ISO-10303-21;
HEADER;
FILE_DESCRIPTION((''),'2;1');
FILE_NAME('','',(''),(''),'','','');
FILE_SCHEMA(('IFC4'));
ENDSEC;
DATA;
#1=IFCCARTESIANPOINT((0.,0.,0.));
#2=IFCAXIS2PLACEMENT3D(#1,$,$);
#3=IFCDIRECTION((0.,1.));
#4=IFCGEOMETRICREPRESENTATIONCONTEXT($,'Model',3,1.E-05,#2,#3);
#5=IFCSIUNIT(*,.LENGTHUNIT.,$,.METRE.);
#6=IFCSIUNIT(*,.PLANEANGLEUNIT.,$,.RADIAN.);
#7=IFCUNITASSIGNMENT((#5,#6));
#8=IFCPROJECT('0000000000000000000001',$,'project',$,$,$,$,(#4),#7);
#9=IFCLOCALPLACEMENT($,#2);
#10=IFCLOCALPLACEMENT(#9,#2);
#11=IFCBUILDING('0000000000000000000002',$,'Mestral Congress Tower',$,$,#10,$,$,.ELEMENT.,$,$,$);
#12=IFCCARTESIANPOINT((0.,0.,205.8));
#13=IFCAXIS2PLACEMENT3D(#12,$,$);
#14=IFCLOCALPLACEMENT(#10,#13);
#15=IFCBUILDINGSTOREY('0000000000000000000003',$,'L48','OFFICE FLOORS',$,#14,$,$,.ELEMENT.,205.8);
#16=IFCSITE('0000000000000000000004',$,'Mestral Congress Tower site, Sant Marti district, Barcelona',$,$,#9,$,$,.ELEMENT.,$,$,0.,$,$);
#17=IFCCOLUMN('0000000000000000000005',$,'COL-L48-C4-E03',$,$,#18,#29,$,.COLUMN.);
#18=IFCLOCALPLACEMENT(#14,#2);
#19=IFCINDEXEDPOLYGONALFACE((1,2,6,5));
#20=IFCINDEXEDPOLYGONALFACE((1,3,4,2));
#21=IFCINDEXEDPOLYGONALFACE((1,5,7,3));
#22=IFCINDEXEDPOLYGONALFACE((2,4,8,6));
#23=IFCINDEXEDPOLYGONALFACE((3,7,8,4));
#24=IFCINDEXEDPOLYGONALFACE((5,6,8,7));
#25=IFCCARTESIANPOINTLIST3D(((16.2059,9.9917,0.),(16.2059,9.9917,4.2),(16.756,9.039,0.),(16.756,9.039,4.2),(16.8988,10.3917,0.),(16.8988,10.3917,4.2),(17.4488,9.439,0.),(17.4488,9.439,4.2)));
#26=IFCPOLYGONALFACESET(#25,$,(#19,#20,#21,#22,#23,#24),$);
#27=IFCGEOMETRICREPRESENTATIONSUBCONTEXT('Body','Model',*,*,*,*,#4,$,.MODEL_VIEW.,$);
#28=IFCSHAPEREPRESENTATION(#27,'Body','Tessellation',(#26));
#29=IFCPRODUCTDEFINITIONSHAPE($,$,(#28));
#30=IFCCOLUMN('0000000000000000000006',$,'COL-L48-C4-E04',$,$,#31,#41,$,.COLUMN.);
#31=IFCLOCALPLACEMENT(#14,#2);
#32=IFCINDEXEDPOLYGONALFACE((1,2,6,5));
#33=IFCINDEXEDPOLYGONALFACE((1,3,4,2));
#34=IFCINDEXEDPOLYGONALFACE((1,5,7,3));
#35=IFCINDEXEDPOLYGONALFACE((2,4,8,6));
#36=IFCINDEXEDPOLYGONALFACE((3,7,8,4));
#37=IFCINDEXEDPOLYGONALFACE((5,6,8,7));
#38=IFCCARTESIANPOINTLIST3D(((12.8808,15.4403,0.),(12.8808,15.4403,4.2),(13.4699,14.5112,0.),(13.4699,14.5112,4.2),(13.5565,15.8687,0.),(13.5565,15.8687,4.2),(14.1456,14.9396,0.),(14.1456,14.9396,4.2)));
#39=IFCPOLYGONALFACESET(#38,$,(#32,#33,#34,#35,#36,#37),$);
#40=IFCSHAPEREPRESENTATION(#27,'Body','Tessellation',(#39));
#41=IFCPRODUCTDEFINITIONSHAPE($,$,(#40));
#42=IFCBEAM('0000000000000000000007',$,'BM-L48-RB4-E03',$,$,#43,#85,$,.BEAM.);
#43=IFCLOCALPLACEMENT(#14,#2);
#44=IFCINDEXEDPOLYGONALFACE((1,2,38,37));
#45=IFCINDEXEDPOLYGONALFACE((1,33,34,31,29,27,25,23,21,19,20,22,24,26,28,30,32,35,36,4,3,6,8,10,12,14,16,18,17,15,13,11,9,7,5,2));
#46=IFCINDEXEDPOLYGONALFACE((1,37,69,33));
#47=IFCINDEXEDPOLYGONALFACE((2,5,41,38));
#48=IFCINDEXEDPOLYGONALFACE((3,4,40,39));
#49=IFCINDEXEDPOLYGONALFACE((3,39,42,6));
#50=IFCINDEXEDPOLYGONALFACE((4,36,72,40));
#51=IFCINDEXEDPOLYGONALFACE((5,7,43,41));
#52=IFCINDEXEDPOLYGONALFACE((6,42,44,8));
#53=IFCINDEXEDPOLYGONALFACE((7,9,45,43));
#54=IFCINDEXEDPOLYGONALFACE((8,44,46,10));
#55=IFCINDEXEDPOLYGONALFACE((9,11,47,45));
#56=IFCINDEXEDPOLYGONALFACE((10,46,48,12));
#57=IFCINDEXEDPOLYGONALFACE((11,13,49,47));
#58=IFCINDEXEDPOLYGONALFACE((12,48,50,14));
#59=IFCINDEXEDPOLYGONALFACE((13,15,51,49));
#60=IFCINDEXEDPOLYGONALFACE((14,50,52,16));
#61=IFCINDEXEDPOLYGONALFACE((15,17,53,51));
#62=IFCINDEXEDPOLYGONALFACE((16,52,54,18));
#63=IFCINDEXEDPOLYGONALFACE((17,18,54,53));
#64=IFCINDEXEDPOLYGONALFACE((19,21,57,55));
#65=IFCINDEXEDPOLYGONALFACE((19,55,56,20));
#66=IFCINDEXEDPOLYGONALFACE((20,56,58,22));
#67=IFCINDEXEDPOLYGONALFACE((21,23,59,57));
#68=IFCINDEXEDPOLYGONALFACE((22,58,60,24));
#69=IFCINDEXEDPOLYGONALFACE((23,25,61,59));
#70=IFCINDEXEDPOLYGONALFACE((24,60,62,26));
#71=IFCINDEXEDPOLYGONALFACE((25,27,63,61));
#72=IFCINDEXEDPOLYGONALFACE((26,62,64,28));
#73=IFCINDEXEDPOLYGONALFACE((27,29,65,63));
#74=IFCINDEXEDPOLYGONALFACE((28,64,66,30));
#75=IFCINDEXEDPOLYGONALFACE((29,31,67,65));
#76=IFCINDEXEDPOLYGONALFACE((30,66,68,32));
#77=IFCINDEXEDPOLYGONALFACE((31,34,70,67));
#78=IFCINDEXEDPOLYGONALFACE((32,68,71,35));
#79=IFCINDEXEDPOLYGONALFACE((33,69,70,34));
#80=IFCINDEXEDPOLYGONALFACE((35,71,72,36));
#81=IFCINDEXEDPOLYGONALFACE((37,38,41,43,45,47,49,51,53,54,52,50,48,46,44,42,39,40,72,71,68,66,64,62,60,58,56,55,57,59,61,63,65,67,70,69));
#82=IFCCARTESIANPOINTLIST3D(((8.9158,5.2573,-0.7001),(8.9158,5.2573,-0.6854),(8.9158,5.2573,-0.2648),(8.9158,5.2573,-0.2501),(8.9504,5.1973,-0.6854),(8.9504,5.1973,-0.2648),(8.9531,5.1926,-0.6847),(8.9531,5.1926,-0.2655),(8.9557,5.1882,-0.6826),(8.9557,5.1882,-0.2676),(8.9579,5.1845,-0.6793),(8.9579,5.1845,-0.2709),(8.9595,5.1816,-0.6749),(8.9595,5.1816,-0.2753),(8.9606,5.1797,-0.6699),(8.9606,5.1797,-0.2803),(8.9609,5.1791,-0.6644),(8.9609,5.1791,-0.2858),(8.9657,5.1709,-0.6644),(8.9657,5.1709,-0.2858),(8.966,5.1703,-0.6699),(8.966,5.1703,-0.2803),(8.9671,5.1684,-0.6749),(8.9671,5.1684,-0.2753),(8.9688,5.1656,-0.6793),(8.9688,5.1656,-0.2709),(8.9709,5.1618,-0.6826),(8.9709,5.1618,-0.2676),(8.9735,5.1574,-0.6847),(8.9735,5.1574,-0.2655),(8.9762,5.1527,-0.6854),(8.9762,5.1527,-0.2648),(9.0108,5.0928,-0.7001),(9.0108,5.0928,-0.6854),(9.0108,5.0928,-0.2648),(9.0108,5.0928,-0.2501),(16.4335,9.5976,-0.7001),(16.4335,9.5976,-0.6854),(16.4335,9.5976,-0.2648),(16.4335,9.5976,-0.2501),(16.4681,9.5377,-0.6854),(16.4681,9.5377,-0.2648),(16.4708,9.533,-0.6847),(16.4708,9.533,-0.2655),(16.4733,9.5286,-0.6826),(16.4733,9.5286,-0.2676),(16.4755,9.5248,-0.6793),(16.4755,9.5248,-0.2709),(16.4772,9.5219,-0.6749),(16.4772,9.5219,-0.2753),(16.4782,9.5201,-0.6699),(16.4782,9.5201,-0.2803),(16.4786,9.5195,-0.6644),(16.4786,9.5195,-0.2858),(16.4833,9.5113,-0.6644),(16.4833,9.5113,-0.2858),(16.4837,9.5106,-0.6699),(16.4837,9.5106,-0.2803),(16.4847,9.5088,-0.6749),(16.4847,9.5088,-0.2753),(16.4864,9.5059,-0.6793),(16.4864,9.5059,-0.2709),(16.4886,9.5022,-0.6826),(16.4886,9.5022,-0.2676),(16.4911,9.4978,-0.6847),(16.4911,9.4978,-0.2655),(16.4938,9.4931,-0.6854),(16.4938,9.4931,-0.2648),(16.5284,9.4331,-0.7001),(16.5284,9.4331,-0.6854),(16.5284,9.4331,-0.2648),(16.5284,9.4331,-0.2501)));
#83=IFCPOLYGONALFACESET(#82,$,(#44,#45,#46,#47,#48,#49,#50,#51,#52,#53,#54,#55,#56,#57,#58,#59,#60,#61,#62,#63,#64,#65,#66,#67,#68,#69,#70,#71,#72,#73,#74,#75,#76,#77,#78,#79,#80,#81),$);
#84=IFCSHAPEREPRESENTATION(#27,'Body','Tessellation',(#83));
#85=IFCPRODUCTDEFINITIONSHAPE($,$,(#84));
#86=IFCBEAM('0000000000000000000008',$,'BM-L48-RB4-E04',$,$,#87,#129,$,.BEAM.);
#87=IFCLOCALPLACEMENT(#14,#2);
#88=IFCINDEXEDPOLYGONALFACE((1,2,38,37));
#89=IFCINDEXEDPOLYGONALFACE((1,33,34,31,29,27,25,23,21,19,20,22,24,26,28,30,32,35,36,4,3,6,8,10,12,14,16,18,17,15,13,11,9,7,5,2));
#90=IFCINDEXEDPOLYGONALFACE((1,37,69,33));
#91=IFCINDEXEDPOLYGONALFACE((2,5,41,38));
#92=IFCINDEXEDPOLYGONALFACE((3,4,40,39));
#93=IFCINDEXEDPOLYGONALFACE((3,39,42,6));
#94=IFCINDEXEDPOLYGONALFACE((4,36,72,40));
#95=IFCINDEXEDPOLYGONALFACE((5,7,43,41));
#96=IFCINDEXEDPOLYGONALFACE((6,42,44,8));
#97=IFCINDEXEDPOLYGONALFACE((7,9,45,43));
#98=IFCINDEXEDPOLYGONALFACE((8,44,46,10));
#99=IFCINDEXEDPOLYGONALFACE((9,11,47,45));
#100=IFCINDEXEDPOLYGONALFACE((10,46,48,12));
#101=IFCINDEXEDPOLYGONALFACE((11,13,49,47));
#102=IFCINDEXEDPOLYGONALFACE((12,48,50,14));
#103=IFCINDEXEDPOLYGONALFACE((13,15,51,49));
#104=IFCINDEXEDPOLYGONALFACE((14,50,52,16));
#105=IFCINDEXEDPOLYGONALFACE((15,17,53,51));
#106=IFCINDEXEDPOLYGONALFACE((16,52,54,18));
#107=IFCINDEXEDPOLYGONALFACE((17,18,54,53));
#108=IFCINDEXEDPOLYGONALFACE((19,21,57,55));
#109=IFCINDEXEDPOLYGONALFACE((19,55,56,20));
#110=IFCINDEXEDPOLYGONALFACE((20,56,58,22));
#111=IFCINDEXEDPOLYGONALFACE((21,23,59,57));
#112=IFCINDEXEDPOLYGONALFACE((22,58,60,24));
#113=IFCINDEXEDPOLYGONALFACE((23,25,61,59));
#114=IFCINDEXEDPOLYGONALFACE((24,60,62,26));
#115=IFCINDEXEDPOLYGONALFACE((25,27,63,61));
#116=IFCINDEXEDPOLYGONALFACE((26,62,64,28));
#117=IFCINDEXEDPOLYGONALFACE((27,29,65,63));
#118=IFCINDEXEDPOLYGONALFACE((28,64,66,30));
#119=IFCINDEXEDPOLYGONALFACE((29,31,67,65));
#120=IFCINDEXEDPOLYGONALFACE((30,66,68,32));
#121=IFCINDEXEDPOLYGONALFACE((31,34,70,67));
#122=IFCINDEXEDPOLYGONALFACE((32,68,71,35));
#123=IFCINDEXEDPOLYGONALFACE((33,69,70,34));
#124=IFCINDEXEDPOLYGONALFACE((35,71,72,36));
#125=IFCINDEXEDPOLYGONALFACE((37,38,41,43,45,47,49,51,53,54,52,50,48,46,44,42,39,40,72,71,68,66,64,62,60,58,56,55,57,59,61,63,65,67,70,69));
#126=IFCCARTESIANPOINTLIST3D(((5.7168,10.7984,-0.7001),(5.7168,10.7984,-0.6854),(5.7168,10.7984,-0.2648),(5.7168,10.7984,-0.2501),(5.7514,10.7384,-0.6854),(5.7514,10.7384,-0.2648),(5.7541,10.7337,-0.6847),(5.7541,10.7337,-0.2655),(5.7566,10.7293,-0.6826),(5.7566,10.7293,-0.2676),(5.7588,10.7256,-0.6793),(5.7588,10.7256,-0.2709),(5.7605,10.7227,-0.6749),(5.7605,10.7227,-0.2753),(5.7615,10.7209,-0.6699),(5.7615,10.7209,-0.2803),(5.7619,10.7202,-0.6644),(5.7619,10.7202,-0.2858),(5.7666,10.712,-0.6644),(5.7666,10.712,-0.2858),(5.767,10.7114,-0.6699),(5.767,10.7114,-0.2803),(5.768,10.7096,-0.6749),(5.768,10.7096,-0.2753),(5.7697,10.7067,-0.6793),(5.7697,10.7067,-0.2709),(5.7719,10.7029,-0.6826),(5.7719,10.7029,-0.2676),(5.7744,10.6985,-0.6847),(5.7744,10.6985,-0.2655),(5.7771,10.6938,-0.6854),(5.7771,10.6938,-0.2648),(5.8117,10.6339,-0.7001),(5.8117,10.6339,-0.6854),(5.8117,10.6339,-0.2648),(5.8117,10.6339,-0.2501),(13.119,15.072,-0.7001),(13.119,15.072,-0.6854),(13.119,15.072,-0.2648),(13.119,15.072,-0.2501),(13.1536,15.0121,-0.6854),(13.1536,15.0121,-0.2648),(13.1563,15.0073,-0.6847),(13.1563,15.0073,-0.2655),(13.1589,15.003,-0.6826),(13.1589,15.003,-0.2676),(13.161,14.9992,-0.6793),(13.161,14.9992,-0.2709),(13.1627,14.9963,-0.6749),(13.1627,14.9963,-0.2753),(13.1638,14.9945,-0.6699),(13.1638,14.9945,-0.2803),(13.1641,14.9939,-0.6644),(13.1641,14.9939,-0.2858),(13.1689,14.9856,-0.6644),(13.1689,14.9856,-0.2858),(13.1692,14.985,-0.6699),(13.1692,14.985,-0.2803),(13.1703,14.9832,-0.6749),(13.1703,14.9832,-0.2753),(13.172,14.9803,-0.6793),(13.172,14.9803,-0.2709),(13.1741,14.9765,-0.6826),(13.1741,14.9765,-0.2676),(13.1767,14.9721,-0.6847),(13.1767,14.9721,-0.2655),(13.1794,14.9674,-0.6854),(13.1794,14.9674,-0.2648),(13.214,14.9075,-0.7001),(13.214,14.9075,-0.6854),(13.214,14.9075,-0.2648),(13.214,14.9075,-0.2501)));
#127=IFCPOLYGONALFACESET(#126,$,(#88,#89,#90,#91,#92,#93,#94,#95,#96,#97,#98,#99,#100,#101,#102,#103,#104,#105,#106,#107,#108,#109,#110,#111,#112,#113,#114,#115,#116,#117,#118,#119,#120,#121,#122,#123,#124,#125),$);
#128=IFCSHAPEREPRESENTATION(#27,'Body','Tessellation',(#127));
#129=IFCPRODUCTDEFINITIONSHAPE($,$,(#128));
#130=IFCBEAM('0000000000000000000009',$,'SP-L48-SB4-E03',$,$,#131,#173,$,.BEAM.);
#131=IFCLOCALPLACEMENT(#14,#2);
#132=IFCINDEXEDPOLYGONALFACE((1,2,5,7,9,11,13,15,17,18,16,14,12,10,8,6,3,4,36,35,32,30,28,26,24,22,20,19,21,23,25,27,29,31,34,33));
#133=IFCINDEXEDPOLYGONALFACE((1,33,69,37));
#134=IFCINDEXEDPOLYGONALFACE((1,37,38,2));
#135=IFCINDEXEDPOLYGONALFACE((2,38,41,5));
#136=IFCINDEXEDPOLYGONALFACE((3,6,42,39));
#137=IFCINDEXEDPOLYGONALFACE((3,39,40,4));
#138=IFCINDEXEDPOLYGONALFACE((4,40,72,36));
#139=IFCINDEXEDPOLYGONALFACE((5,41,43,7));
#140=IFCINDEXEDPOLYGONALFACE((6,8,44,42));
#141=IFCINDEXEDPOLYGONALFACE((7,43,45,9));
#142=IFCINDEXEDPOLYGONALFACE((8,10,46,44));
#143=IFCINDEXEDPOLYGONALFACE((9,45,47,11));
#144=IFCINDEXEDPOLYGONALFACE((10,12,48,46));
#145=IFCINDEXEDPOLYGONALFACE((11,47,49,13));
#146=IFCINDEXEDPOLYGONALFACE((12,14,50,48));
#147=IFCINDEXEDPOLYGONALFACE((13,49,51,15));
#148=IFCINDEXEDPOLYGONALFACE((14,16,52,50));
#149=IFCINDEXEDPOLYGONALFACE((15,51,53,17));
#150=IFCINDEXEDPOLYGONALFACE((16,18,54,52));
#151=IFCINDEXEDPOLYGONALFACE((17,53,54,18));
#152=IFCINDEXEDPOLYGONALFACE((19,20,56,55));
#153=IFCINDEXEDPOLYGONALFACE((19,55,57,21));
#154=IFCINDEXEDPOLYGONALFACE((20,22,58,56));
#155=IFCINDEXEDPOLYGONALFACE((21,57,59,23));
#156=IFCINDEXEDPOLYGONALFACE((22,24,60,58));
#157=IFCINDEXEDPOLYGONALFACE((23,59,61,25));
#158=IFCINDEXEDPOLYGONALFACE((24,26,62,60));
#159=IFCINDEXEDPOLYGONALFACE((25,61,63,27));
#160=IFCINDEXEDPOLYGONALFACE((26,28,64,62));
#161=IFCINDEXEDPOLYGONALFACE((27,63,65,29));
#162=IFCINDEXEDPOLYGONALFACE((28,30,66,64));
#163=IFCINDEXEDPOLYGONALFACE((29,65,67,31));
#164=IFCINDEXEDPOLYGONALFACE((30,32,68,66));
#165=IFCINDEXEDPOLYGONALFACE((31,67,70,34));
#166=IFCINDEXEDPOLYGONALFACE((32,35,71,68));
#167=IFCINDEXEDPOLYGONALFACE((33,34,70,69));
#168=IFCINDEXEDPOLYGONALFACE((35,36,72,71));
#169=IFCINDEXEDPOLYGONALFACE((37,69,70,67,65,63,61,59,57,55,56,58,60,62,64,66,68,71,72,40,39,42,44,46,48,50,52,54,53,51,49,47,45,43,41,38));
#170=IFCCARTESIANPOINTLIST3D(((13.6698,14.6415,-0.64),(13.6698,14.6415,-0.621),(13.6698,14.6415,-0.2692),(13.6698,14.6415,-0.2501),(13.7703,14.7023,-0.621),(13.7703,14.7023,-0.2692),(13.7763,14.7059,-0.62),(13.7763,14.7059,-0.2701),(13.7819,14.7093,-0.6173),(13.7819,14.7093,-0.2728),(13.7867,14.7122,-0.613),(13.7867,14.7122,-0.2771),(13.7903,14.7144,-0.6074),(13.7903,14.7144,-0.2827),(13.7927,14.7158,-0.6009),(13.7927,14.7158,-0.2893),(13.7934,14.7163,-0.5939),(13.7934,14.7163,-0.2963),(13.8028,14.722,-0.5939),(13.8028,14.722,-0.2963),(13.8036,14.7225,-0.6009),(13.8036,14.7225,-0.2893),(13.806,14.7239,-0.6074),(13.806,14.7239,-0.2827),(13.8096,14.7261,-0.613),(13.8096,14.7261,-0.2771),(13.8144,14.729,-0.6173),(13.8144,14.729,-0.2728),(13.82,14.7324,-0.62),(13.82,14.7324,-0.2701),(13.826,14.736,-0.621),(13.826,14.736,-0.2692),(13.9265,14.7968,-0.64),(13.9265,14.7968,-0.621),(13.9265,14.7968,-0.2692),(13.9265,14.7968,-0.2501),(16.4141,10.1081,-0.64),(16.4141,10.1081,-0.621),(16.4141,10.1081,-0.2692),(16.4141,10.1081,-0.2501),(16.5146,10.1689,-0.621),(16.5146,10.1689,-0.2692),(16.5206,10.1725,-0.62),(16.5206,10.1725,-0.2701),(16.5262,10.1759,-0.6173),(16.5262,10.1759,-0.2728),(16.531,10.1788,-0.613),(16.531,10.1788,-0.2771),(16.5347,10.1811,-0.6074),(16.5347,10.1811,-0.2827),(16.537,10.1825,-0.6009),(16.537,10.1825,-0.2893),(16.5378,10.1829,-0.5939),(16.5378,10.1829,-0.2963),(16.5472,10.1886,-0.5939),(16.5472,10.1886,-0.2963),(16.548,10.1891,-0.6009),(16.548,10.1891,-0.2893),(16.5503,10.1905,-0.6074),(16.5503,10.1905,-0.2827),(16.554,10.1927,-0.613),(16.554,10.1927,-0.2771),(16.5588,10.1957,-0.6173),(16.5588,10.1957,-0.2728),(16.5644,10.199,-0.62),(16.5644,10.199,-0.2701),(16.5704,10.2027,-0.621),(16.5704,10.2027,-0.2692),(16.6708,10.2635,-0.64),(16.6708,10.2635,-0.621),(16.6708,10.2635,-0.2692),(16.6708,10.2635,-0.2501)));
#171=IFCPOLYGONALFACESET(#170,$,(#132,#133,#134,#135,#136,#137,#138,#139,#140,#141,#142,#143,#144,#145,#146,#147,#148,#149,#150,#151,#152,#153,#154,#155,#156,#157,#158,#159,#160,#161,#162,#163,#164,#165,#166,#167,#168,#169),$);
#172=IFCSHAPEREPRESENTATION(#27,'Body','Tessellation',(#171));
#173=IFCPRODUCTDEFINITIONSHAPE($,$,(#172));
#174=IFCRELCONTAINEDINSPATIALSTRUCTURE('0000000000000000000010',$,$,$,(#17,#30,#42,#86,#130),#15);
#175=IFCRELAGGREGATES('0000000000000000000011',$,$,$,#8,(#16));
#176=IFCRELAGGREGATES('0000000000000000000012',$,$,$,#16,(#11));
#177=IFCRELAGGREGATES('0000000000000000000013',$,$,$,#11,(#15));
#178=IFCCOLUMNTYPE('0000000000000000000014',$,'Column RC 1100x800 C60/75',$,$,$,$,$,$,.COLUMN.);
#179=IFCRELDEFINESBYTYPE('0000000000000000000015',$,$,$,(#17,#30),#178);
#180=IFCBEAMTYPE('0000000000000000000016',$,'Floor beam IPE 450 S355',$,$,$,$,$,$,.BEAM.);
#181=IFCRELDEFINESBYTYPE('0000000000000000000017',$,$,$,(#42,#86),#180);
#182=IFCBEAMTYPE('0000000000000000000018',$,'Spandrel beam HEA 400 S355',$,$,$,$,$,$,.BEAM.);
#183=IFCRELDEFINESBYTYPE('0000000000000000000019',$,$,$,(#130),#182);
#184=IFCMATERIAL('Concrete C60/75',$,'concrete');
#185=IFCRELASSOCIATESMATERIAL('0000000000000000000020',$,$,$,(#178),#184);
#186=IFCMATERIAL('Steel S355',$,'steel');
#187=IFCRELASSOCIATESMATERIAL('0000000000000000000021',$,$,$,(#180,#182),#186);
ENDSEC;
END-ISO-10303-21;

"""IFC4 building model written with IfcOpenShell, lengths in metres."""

from ifc_helpers import new_model, si_unit, direction, frame, origin, origin_2d, place, context, subcontext, project, spatial, rectangle, i_section, extrude, material, material_profile, profile_set, type_object, element, save


model = new_model("IFC4")

# Units and contexts
model_context = context("Model", 3, precision=1e-05, world=origin(), true_north=direction((0.0, 1.0)))
body_context = subcontext(model_context, "Body", "Model", "MODEL_VIEW")
ifc_project = project(units=[si_unit("LENGTHUNIT", "METRE"), si_unit("PLANEANGLEUNIT", "RADIAN")], contexts=[model_context])

# Site, building, storey
site_placement = place(None, origin())
site = spatial("IfcSite", under=ifc_project, at=site_placement, Name="Mestral Congress Tower site, Sant Marti district, Barcelona", CompositionType="ELEMENT", RefElevation=0.0)
building_placement = place(site_placement, origin())
building = spatial("IfcBuilding", under=site, at=building_placement, Name="Mestral Congress Tower", CompositionType="ELEMENT")
storey_placement = place(building_placement, frame((0.0, 0.0, 205.8)))
storey = spatial("IfcBuildingStorey", under=building, at=storey_placement, Name="L48", Description="OFFICE FLOORS", CompositionType="ELEMENT", Elevation=205.8)

# Columns
ifc_material_1 = material(Name="Concrete C60/75", Category="concrete")
ifc_material_profile_1 = material_profile(ifc_material_1, rectangle(XDim=1.1001, YDim=0.8, at=origin_2d()), Name="RC 1100x800")
ifc_profile_set_1 = profile_set([ifc_material_profile_1], Name="Concrete C60/75")
column_type = type_object("IfcColumnType", Name="Column RC 1100x800 C60/75", PredefinedType="COLUMN", material=ifc_profile_set_1)
for number, where, z_axis, x_axis, name in (
    (1, (16.8274, 9.7153, 0.0), (0.0, 0.0, 1.0), (-0.5, 0.866025, 0.0), "COL-L48-C4-E03"),
    (2, (13.5132, 15.1899, 0.0), (0.0, 0.0, 1.0), (-0.535503, 0.844534, 0.0), "COL-L48-C4-E04"),
):
    element("IfcColumn", number, at=place(storey_placement, frame(where, z_axis=z_axis, x_axis=x_axis)), inside=storey, type_object=column_type, Name=name, PredefinedType="COLUMN", context=body_context, shape_type="SweptSolid", body=[
        extrude(rectangle(XDim=1.1001, YDim=0.8, at=origin_2d()), origin(), (0.0, 0.0, 1.0), 4.2),
    ])

# Beams
ifc_material_2 = material(Name="Steel S355", Category="steel")
ifc_material_profile_2 = material_profile(ifc_material_2, i_section(OverallWidth=0.1899, OverallDepth=0.45, WebThickness=0.0095, FlangeThickness=0.0146, FilletRadius=0.021, at=origin_2d()), Name="IPE 450")
ifc_profile_set_2 = profile_set([ifc_material_profile_2], Name="Steel S355")
beam_type_1 = type_object("IfcBeamType", Name="Floor beam IPE 450 S355", PredefinedType="BEAM", material=ifc_profile_set_2)
beam_1_placement = place(storey_placement, frame((16.481, 9.5154, -0.4751), z_axis=(-0.866023, -0.500005, 0.0), x_axis=(0.500005, -0.866023, 0.0)))
element("IfcBeam", 3, at=beam_1_placement, inside=storey, type_object=beam_type_1, Name="BM-L48-RB4-E03", PredefinedType="BEAM", context=body_context, shape_type="SweptSolid", body=[
    extrude(i_section(OverallWidth=0.1899, OverallDepth=0.45, WebThickness=0.0095, FlangeThickness=0.0146, FilletRadius=0.021, at=origin_2d()), origin(), (0.0, 0.0, 1.0), 8.6807),
])
beam_2_placement = place(storey_placement, frame((13.1665, 14.9897, -0.4751), z_axis=(-0.866029, -0.499994, 0.0), x_axis=(0.499994, -0.866029, 0.0)))
element("IfcBeam", 4, at=beam_2_placement, inside=storey, type_object=beam_type_1, Name="BM-L48-RB4-E04", PredefinedType="BEAM", context=body_context, shape_type="SweptSolid", body=[
    extrude(i_section(OverallWidth=0.1899, OverallDepth=0.45, WebThickness=0.0095, FlangeThickness=0.0146, FilletRadius=0.021, at=origin_2d()), origin(), (0.0, 0.0, 1.0), 8.5474),
])
ifc_material_profile_3 = material_profile(ifc_material_2, i_section(OverallWidth=0.3, OverallDepth=0.3899, WebThickness=0.011, FlangeThickness=0.019, FilletRadius=0.0271, at=origin_2d()), Name="HEA 400")
ifc_profile_set_3 = profile_set([ifc_material_profile_3], Name="Steel S355")
beam_type_2 = type_object("IfcBeamType", Name="Spandrel beam HEA 400 S355", PredefinedType="BEAM", material=ifc_profile_set_3)
for number, where, z_axis, x_axis, name in (
    (5, (16.5425, 10.1858, -0.4451), (-0.517866, 0.855462, 0.0), (-0.855462, -0.517866, 0.0), "SP-L48-SB4-E03"),
):
    element("IfcBeam", number, at=place(storey_placement, frame(where, z_axis=z_axis, x_axis=x_axis)), inside=storey, type_object=beam_type_2, Name=name, PredefinedType="BEAM", context=body_context, shape_type="SweptSolid", body=[
        extrude(i_section(OverallWidth=0.3, OverallDepth=0.3899, WebThickness=0.011, FlangeThickness=0.019, FilletRadius=0.0271, at=origin_2d()), origin(), (0.0, 0.0, 1.0), 5.2993),
    ])

save(model, "model.ifc")
